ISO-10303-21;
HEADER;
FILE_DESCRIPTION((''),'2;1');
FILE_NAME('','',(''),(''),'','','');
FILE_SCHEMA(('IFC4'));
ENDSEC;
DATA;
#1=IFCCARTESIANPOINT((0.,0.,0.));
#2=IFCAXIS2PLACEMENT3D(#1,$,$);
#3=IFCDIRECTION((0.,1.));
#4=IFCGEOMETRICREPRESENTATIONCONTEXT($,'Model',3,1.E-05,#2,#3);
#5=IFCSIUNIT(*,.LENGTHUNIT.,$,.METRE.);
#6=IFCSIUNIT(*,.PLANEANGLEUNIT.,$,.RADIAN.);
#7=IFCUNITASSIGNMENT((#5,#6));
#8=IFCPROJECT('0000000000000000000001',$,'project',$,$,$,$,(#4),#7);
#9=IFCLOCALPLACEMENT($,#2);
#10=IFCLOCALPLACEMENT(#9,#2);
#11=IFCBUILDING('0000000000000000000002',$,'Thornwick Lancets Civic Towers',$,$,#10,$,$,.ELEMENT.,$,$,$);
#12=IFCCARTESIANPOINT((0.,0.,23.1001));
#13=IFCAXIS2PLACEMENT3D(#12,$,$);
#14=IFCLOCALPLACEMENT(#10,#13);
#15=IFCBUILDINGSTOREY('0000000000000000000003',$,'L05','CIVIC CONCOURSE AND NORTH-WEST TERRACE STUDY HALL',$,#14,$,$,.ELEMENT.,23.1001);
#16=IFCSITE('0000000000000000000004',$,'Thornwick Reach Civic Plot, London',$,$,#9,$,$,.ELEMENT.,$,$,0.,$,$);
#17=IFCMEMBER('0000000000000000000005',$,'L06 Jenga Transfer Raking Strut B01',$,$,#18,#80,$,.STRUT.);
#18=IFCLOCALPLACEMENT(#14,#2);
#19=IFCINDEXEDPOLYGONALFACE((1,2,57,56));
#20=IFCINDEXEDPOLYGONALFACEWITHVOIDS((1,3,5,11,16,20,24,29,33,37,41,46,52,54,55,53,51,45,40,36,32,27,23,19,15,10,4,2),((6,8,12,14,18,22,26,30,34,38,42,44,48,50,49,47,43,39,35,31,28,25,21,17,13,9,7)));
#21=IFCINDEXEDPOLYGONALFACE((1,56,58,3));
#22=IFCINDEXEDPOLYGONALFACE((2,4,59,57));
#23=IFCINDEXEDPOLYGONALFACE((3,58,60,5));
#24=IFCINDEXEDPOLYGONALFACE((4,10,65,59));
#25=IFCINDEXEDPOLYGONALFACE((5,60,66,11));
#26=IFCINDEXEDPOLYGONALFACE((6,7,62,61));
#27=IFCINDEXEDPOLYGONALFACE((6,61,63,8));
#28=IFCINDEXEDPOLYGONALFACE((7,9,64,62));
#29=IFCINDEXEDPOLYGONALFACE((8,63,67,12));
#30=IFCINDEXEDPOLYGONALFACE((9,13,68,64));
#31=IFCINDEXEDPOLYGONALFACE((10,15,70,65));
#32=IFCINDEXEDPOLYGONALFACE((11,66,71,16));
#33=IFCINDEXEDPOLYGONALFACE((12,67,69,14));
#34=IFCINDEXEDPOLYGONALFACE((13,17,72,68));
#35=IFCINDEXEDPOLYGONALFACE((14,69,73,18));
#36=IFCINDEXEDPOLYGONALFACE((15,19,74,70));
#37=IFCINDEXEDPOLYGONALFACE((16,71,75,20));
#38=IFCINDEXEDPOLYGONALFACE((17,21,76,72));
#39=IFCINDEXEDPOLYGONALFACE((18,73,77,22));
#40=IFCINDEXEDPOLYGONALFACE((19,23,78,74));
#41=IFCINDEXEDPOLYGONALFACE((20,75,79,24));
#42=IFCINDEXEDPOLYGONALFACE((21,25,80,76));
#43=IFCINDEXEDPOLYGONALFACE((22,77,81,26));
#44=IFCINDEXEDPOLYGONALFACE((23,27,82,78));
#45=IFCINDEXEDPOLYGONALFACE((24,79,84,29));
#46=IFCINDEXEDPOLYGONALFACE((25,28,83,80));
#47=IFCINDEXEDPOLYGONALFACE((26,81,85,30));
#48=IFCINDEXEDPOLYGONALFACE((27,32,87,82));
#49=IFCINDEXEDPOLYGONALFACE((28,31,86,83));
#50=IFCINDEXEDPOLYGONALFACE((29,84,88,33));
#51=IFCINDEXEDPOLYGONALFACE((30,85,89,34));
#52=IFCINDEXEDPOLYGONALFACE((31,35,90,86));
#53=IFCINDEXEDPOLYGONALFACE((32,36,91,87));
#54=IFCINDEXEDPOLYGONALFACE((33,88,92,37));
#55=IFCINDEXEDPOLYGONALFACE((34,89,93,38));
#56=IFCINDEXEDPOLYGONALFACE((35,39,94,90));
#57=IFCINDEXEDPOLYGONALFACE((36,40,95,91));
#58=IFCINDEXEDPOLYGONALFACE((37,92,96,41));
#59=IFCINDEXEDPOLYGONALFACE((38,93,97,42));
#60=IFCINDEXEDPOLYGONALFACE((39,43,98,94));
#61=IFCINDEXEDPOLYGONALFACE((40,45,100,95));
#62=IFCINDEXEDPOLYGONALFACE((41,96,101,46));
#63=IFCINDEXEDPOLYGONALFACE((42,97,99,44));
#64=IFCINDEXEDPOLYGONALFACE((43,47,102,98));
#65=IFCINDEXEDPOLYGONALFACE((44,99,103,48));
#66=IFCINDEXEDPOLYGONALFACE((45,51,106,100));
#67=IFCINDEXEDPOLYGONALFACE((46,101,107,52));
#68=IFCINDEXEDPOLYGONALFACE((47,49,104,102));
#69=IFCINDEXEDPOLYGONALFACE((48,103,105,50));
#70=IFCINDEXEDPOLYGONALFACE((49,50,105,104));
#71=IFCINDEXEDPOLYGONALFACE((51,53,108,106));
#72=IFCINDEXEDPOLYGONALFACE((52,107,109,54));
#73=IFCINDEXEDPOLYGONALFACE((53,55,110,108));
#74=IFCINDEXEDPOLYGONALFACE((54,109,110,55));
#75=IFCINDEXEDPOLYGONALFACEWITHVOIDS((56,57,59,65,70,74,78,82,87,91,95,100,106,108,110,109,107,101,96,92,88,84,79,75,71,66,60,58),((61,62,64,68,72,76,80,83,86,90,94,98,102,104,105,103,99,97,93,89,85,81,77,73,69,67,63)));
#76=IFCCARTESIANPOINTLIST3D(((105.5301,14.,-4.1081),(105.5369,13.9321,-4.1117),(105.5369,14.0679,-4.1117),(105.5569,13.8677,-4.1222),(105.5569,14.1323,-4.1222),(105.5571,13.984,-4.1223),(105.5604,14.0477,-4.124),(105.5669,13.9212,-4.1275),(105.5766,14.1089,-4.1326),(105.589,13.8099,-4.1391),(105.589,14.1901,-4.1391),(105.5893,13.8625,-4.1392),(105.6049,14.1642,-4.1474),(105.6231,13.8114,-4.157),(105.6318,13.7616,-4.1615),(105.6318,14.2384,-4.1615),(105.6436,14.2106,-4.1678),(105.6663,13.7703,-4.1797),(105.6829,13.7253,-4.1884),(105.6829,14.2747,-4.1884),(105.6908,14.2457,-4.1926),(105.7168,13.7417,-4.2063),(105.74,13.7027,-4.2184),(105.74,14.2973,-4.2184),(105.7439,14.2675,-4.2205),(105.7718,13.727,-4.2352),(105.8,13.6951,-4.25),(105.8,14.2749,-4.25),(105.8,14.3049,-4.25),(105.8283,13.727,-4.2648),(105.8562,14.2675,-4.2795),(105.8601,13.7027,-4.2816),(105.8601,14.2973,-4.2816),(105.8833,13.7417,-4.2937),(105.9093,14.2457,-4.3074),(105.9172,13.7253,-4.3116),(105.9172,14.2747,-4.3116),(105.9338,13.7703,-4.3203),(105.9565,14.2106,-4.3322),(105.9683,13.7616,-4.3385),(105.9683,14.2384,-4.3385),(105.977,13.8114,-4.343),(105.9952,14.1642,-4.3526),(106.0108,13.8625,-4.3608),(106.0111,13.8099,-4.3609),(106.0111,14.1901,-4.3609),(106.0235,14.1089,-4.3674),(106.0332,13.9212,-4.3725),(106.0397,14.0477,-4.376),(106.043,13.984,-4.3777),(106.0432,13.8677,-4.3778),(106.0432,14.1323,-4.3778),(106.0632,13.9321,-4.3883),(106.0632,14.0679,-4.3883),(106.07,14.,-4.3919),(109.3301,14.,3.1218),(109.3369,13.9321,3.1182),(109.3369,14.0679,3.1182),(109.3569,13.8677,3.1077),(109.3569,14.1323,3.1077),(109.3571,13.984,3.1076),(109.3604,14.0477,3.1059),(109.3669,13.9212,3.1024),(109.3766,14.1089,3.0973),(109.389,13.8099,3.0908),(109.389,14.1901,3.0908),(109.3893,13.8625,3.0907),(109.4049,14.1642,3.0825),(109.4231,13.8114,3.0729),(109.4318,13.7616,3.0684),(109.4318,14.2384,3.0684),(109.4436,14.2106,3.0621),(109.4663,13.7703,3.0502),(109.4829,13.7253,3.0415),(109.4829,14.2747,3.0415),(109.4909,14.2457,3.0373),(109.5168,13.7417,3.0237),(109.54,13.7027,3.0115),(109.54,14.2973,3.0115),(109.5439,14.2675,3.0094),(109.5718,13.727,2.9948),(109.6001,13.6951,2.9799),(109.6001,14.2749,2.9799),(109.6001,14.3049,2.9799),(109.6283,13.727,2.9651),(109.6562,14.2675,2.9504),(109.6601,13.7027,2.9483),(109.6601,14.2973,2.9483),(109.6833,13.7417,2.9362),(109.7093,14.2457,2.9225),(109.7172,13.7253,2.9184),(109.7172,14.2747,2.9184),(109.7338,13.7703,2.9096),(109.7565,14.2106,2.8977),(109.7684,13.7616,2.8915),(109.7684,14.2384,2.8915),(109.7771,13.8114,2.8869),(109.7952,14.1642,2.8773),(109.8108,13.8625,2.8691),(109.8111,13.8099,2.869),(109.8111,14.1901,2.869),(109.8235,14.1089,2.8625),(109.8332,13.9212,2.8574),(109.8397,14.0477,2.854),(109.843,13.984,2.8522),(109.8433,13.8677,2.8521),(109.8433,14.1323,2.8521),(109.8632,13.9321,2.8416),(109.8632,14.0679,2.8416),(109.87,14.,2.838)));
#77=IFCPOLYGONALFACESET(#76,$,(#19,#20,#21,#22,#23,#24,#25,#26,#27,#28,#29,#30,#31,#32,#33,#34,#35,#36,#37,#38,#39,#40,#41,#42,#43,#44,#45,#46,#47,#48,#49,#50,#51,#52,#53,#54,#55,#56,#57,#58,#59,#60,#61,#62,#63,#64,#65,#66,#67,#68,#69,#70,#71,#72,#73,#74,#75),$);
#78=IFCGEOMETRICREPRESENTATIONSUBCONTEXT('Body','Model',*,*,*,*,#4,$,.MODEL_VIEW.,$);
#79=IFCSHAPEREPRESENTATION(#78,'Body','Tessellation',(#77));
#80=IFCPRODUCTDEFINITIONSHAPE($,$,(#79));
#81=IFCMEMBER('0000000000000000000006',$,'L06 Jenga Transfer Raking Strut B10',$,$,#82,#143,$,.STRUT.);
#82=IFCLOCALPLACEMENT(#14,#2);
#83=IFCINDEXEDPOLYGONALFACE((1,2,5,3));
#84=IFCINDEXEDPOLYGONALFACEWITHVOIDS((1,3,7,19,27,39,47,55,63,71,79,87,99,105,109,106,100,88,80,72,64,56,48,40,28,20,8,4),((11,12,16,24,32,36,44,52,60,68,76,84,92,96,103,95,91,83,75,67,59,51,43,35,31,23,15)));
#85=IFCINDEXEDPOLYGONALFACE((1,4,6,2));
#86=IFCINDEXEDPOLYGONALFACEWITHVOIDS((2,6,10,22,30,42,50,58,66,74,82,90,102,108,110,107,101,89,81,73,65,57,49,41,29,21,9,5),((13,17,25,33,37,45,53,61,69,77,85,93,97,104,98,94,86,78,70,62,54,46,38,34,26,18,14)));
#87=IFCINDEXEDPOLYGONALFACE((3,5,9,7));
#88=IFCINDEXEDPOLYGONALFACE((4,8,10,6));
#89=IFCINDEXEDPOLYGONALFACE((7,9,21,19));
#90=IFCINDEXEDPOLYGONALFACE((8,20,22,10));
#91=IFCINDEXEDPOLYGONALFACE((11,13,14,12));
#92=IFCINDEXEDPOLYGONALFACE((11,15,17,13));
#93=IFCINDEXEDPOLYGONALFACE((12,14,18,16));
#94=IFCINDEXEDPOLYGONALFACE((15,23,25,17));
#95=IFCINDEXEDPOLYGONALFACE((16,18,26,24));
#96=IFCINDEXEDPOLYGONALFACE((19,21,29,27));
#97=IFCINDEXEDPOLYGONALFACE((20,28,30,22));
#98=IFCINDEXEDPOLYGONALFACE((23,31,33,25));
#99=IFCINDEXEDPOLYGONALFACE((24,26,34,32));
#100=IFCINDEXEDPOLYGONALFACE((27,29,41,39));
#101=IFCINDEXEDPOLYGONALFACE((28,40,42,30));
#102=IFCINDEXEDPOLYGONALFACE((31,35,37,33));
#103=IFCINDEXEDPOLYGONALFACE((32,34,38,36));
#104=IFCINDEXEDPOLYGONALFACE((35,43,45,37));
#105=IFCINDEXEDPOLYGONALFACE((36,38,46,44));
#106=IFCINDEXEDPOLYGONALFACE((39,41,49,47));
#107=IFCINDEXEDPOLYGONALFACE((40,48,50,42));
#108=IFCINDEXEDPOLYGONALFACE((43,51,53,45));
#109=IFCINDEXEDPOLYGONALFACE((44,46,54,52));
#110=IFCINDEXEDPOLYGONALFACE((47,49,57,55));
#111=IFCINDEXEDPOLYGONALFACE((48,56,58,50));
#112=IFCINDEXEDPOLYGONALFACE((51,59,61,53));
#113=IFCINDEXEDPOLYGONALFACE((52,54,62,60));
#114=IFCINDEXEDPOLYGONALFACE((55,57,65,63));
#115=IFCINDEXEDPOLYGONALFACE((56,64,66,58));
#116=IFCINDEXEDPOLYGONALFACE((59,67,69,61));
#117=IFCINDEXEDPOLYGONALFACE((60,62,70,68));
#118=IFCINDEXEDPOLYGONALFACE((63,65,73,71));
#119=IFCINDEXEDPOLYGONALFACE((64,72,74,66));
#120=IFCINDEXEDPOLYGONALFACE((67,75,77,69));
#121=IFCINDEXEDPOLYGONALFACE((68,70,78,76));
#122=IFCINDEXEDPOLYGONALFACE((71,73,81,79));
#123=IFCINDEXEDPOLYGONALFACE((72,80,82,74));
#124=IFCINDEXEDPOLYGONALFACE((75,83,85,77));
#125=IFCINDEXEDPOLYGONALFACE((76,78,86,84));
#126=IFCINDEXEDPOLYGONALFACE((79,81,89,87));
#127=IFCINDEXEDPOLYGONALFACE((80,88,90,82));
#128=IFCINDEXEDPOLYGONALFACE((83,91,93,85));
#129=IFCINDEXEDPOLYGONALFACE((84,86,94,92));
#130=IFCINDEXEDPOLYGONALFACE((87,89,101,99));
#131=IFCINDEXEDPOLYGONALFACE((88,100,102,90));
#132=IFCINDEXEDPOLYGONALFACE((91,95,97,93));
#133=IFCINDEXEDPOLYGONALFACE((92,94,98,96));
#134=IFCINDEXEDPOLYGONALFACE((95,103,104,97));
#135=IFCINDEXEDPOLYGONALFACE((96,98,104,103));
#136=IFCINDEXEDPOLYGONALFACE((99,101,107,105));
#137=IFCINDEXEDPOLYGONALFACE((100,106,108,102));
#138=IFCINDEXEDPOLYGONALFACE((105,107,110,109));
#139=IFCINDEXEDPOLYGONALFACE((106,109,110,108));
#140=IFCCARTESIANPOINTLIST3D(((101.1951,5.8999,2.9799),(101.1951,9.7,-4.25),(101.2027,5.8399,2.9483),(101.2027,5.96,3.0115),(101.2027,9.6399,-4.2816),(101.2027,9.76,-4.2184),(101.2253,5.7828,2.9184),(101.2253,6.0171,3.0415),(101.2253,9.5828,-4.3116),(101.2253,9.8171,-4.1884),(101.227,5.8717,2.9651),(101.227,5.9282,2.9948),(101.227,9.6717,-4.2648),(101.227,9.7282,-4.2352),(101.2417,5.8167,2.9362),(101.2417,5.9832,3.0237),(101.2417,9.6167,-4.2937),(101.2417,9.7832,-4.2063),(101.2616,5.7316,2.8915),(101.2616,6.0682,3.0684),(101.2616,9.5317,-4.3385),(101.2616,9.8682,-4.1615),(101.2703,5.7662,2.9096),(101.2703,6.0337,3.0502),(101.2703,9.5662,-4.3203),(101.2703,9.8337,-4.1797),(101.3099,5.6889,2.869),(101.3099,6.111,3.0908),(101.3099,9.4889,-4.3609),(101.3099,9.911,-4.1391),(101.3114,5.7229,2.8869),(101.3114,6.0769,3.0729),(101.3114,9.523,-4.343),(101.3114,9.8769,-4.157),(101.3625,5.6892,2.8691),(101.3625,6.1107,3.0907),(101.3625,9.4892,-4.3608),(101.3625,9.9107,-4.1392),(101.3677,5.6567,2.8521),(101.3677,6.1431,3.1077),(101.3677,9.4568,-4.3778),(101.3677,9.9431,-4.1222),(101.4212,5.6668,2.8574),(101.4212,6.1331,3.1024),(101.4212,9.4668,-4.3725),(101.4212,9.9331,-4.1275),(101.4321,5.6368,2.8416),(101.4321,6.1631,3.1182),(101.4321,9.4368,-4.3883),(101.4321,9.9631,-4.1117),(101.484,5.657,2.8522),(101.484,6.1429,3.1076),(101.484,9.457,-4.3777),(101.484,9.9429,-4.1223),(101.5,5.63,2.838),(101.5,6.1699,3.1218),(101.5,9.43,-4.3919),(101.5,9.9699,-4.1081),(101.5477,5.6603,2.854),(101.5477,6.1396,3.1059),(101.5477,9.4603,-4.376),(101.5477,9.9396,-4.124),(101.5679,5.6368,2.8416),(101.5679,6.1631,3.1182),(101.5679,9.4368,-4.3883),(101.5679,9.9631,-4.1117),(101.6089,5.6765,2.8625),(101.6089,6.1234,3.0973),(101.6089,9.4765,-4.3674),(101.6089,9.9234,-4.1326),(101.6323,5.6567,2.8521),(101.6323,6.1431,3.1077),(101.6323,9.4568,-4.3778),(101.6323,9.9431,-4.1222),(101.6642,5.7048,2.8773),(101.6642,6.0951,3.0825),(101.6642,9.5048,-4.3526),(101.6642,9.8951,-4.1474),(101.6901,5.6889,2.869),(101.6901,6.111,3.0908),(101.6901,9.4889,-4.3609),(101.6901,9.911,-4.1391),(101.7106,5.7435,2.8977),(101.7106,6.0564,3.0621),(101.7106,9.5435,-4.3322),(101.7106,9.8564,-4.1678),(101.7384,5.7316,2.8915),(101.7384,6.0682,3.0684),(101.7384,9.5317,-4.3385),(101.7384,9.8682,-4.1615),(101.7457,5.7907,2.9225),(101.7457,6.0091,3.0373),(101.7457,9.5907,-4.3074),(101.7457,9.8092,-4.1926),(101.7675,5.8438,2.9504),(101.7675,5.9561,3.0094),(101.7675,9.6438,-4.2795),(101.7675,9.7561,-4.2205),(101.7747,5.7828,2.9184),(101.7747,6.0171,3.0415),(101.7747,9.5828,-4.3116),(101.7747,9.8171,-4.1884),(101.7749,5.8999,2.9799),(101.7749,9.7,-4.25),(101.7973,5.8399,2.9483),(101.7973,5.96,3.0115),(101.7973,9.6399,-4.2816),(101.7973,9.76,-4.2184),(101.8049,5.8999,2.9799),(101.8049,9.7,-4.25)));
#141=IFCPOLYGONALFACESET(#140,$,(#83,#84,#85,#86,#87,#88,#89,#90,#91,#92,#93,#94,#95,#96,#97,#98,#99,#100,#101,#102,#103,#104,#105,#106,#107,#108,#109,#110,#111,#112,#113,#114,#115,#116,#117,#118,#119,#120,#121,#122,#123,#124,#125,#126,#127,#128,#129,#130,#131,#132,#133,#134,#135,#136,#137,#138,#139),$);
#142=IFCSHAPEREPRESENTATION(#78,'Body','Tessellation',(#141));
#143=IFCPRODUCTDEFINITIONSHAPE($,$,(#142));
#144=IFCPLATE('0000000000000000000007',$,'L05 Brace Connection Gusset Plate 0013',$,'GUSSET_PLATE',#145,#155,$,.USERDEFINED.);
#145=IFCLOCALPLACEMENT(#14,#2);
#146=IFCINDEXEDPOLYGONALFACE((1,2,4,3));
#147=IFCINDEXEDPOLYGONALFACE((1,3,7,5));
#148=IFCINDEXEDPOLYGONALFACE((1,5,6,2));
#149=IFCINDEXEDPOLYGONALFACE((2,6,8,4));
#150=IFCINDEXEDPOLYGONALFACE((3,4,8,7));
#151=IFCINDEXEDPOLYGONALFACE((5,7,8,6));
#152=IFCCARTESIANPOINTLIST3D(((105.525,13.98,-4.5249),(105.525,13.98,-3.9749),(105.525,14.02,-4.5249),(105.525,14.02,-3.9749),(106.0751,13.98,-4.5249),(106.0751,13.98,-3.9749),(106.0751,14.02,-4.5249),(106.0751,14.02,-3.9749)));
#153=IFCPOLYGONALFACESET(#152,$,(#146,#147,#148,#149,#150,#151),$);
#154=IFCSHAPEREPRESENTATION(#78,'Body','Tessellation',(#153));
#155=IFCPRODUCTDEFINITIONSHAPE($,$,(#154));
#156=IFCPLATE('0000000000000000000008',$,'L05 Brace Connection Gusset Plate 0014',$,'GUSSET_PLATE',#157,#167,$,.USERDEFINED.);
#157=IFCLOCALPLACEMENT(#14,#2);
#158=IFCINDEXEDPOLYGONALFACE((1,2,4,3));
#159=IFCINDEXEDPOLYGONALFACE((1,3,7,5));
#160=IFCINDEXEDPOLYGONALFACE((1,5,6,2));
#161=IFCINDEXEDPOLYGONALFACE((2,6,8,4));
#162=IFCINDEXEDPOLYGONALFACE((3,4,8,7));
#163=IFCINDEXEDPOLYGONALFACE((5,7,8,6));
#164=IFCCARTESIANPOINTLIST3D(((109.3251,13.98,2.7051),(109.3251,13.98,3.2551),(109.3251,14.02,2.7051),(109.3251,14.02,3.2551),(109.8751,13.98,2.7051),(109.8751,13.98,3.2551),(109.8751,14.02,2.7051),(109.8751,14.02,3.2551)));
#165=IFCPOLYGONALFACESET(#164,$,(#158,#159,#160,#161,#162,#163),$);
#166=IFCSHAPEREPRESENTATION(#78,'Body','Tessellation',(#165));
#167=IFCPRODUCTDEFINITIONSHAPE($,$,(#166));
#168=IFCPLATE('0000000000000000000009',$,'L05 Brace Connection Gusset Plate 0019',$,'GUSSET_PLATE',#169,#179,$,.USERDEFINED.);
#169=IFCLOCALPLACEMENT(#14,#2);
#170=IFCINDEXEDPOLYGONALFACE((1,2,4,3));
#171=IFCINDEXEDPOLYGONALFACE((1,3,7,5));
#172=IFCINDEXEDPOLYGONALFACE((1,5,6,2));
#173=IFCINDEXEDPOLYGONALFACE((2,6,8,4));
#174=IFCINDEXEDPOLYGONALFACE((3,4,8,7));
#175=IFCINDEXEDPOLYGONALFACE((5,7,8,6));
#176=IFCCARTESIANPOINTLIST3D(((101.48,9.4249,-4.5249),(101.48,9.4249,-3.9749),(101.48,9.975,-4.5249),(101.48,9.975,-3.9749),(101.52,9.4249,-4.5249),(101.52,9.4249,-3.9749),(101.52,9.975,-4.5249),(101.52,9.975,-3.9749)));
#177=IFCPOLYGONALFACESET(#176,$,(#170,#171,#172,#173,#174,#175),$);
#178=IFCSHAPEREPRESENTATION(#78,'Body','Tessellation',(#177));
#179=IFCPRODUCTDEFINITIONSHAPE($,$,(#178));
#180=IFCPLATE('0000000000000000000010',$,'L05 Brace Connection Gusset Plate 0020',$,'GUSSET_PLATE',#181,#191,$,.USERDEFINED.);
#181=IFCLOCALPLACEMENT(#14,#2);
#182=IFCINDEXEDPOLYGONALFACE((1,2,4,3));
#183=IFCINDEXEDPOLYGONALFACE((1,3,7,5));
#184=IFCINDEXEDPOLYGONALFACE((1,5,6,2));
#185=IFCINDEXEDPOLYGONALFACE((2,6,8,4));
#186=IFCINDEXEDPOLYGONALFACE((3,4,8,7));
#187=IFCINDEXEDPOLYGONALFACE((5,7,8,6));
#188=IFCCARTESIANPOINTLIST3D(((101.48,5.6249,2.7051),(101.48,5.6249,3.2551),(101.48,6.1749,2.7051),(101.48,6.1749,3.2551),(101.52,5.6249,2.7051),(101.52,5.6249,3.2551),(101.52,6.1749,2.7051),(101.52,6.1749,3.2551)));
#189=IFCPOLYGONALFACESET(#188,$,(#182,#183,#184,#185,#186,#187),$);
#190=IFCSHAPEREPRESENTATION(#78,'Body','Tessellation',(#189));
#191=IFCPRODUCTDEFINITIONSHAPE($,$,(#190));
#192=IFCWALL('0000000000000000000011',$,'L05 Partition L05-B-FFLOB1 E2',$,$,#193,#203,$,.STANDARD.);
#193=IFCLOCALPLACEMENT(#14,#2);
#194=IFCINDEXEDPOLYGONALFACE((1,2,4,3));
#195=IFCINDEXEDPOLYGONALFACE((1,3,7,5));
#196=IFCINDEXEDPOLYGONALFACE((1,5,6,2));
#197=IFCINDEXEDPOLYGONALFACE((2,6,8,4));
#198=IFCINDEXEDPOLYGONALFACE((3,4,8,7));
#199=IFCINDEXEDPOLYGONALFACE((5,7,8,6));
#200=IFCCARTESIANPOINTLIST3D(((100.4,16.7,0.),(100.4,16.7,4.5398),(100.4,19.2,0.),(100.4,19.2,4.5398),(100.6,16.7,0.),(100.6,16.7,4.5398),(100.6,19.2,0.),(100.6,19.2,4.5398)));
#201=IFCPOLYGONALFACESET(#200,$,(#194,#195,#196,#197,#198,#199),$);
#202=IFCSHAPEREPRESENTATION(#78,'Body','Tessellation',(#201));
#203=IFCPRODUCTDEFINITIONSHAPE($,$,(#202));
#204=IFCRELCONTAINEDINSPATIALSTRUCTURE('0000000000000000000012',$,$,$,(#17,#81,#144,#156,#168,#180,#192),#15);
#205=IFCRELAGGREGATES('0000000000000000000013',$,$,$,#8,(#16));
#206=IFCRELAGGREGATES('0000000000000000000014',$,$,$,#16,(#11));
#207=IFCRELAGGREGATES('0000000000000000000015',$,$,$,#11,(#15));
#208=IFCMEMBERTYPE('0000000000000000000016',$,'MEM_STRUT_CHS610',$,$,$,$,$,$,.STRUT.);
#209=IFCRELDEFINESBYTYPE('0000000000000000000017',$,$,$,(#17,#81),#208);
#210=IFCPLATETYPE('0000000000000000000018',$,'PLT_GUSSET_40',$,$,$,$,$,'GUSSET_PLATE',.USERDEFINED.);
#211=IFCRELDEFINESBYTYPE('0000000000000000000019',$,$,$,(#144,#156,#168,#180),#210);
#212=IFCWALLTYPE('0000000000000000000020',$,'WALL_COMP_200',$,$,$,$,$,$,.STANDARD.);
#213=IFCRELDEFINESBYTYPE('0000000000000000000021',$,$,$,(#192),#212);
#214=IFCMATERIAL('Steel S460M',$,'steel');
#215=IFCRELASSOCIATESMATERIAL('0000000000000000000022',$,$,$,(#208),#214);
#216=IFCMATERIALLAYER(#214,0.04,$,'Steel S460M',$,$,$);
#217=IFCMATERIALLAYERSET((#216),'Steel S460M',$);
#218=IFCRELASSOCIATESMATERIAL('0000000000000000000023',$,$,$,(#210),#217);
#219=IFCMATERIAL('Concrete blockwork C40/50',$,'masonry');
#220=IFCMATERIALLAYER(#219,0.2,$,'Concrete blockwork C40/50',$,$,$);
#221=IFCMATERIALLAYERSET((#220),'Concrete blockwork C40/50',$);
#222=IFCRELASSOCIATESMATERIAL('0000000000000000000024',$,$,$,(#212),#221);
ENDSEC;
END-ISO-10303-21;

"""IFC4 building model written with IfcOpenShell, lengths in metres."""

from ifc_helpers import new_model, si_unit, direction, frame, frame_2d, origin, origin_2d, place, context, subcontext, project, spatial, rectangle, hollow_circle, extrude, material, layer, layer_set, material_profile, profile_set, type_object, element, save


model = new_model("IFC4")

# Units and contexts
model_context = context("Model", 3, precision=1e-05, world=origin(), true_north=direction((0.0, 1.0)))
body_context = subcontext(model_context, "Body", "Model", "MODEL_VIEW")
ifc_project = project(units=[si_unit("LENGTHUNIT", "METRE"), si_unit("PLANEANGLEUNIT", "RADIAN")], contexts=[model_context])

# Site, building, storey
site_placement = place(None, origin())
site = spatial("IfcSite", under=ifc_project, at=site_placement, Name="Thornwick Reach Civic Plot, London", CompositionType="ELEMENT", RefElevation=0.0)
building_placement = place(site_placement, origin())
building = spatial("IfcBuilding", under=site, at=building_placement, Name="Thornwick Lancets Civic Towers", CompositionType="ELEMENT")
storey_placement = place(building_placement, frame((0.0, 0.0, 23.1001)))
storey = spatial("IfcBuildingStorey", under=building, at=storey_placement, Name="L05", Description="CIVIC CONCOURSE AND NORTH-WEST TERRACE STUDY HALL", CompositionType="ELEMENT", Elevation=23.1001)

# Shared definitions
ifc_material_1 = material(Name="Steel S460M", Category="steel")

# Members
ifc_material_profile_1 = material_profile(ifc_material_1, hollow_circle(Radius=0.3049, WallThickness=0.03, at=origin_2d()), Name="CHS 610x30")
ifc_profile_set_1 = profile_set([ifc_material_profile_1], Name="Steel S460M")
member_type = type_object("IfcMemberType", Name="MEM_STRUT_CHS610", PredefinedType="STRUT", material=ifc_profile_set_1)
for number, where, z_axis, x_axis, name in (
    (1, (105.8, 14.0, -4.25), (0.465247, 0.0, 0.885181), (0.0, 1.0, 0.0), "L06 Jenga Transfer Raking Strut B01"),
    (2, (101.5, 9.7, -4.25), (0.0, -0.465247, 0.885181), (1.0, 0.0, 0.0), "L06 Jenga Transfer Raking Strut B10"),
):
    element("IfcMember", number, at=place(storey_placement, frame(where, z_axis=z_axis, x_axis=x_axis)), inside=storey, type_object=member_type, Name=name, PredefinedType="STRUT", context=body_context, shape_type="SweptSolid", body=[
        extrude(hollow_circle(Radius=0.3049, WallThickness=0.03, at=origin_2d()), origin(), (0.0, 0.0, 1.0), 8.1677),
    ])

# Plates
ifc_layer_1 = layer(ifc_material_1, 0.04, Name="Steel S460M")
ifc_layer_set_1 = layer_set([ifc_layer_1], Name="Steel S460M")
plate_type = type_object("IfcPlateType", Name="PLT_GUSSET_40", ElementType="GUSSET_PLATE", PredefinedType="USERDEFINED", material=ifc_layer_set_1)
for number, where, z_axis, x_axis, name in (
    (3, (105.8, 14.0, -4.5249), (0.0, 0.0, 1.0), (1.0, 0.0, 0.0), "L05 Brace Connection Gusset Plate 0013"),
    (4, (109.6001, 14.0, 2.7051), (0.0, 0.0, 1.0), (1.0, 0.0, 0.0), "L05 Brace Connection Gusset Plate 0014"),
    (5, (101.5, 9.7, -4.5249), (0.0, 0.0, 1.0), (0.0, -1.0, 0.0), "L05 Brace Connection Gusset Plate 0019"),
    (6, (101.5, 5.8999, 2.7051), (0.0, 0.0, 1.0), (0.0, -1.0, 0.0), "L05 Brace Connection Gusset Plate 0020"),
):
    element("IfcPlate", number, at=place(storey_placement, frame(where, z_axis=z_axis, x_axis=x_axis)), inside=storey, type_object=plate_type, Name=name, ObjectType="GUSSET_PLATE", PredefinedType="USERDEFINED", context=body_context, shape_type="SweptSolid", body=[
        extrude(rectangle(XDim=0.55, YDim=0.04, at=origin_2d()), origin(), (0.0, 0.0, 1.0), 0.55),
    ])

# Wall
ifc_material_2 = material(Name="Concrete blockwork C40/50", Category="masonry")
ifc_layer_2 = layer(ifc_material_2, 0.2, Name="Concrete blockwork C40/50")
ifc_layer_set_2 = layer_set([ifc_layer_2], Name="Concrete blockwork C40/50")
wall_type_1 = type_object("IfcWallType", Name="WALL_COMP_200", PredefinedType="STANDARD", material=ifc_layer_set_2)
wall_1_placement = place(storey_placement, frame((100.5, 16.7, 0.0), z_axis=(0.0, 0.0, 1.0), x_axis=(0.0, 1.0, 0.0)))
element("IfcWall", 7, at=wall_1_placement, inside=storey, type_object=wall_type_1, Name="L05 Partition L05-B-FFLOB1 E2", PredefinedType="STANDARD", context=body_context, shape_type="SweptSolid", body=[
    extrude(rectangle(XDim=2.5, YDim=0.2, at=frame_2d((1.25, 0.0))), origin(), (0.0, 0.0, 1.0), 4.5398),
])

save(model, "model.ifc")
